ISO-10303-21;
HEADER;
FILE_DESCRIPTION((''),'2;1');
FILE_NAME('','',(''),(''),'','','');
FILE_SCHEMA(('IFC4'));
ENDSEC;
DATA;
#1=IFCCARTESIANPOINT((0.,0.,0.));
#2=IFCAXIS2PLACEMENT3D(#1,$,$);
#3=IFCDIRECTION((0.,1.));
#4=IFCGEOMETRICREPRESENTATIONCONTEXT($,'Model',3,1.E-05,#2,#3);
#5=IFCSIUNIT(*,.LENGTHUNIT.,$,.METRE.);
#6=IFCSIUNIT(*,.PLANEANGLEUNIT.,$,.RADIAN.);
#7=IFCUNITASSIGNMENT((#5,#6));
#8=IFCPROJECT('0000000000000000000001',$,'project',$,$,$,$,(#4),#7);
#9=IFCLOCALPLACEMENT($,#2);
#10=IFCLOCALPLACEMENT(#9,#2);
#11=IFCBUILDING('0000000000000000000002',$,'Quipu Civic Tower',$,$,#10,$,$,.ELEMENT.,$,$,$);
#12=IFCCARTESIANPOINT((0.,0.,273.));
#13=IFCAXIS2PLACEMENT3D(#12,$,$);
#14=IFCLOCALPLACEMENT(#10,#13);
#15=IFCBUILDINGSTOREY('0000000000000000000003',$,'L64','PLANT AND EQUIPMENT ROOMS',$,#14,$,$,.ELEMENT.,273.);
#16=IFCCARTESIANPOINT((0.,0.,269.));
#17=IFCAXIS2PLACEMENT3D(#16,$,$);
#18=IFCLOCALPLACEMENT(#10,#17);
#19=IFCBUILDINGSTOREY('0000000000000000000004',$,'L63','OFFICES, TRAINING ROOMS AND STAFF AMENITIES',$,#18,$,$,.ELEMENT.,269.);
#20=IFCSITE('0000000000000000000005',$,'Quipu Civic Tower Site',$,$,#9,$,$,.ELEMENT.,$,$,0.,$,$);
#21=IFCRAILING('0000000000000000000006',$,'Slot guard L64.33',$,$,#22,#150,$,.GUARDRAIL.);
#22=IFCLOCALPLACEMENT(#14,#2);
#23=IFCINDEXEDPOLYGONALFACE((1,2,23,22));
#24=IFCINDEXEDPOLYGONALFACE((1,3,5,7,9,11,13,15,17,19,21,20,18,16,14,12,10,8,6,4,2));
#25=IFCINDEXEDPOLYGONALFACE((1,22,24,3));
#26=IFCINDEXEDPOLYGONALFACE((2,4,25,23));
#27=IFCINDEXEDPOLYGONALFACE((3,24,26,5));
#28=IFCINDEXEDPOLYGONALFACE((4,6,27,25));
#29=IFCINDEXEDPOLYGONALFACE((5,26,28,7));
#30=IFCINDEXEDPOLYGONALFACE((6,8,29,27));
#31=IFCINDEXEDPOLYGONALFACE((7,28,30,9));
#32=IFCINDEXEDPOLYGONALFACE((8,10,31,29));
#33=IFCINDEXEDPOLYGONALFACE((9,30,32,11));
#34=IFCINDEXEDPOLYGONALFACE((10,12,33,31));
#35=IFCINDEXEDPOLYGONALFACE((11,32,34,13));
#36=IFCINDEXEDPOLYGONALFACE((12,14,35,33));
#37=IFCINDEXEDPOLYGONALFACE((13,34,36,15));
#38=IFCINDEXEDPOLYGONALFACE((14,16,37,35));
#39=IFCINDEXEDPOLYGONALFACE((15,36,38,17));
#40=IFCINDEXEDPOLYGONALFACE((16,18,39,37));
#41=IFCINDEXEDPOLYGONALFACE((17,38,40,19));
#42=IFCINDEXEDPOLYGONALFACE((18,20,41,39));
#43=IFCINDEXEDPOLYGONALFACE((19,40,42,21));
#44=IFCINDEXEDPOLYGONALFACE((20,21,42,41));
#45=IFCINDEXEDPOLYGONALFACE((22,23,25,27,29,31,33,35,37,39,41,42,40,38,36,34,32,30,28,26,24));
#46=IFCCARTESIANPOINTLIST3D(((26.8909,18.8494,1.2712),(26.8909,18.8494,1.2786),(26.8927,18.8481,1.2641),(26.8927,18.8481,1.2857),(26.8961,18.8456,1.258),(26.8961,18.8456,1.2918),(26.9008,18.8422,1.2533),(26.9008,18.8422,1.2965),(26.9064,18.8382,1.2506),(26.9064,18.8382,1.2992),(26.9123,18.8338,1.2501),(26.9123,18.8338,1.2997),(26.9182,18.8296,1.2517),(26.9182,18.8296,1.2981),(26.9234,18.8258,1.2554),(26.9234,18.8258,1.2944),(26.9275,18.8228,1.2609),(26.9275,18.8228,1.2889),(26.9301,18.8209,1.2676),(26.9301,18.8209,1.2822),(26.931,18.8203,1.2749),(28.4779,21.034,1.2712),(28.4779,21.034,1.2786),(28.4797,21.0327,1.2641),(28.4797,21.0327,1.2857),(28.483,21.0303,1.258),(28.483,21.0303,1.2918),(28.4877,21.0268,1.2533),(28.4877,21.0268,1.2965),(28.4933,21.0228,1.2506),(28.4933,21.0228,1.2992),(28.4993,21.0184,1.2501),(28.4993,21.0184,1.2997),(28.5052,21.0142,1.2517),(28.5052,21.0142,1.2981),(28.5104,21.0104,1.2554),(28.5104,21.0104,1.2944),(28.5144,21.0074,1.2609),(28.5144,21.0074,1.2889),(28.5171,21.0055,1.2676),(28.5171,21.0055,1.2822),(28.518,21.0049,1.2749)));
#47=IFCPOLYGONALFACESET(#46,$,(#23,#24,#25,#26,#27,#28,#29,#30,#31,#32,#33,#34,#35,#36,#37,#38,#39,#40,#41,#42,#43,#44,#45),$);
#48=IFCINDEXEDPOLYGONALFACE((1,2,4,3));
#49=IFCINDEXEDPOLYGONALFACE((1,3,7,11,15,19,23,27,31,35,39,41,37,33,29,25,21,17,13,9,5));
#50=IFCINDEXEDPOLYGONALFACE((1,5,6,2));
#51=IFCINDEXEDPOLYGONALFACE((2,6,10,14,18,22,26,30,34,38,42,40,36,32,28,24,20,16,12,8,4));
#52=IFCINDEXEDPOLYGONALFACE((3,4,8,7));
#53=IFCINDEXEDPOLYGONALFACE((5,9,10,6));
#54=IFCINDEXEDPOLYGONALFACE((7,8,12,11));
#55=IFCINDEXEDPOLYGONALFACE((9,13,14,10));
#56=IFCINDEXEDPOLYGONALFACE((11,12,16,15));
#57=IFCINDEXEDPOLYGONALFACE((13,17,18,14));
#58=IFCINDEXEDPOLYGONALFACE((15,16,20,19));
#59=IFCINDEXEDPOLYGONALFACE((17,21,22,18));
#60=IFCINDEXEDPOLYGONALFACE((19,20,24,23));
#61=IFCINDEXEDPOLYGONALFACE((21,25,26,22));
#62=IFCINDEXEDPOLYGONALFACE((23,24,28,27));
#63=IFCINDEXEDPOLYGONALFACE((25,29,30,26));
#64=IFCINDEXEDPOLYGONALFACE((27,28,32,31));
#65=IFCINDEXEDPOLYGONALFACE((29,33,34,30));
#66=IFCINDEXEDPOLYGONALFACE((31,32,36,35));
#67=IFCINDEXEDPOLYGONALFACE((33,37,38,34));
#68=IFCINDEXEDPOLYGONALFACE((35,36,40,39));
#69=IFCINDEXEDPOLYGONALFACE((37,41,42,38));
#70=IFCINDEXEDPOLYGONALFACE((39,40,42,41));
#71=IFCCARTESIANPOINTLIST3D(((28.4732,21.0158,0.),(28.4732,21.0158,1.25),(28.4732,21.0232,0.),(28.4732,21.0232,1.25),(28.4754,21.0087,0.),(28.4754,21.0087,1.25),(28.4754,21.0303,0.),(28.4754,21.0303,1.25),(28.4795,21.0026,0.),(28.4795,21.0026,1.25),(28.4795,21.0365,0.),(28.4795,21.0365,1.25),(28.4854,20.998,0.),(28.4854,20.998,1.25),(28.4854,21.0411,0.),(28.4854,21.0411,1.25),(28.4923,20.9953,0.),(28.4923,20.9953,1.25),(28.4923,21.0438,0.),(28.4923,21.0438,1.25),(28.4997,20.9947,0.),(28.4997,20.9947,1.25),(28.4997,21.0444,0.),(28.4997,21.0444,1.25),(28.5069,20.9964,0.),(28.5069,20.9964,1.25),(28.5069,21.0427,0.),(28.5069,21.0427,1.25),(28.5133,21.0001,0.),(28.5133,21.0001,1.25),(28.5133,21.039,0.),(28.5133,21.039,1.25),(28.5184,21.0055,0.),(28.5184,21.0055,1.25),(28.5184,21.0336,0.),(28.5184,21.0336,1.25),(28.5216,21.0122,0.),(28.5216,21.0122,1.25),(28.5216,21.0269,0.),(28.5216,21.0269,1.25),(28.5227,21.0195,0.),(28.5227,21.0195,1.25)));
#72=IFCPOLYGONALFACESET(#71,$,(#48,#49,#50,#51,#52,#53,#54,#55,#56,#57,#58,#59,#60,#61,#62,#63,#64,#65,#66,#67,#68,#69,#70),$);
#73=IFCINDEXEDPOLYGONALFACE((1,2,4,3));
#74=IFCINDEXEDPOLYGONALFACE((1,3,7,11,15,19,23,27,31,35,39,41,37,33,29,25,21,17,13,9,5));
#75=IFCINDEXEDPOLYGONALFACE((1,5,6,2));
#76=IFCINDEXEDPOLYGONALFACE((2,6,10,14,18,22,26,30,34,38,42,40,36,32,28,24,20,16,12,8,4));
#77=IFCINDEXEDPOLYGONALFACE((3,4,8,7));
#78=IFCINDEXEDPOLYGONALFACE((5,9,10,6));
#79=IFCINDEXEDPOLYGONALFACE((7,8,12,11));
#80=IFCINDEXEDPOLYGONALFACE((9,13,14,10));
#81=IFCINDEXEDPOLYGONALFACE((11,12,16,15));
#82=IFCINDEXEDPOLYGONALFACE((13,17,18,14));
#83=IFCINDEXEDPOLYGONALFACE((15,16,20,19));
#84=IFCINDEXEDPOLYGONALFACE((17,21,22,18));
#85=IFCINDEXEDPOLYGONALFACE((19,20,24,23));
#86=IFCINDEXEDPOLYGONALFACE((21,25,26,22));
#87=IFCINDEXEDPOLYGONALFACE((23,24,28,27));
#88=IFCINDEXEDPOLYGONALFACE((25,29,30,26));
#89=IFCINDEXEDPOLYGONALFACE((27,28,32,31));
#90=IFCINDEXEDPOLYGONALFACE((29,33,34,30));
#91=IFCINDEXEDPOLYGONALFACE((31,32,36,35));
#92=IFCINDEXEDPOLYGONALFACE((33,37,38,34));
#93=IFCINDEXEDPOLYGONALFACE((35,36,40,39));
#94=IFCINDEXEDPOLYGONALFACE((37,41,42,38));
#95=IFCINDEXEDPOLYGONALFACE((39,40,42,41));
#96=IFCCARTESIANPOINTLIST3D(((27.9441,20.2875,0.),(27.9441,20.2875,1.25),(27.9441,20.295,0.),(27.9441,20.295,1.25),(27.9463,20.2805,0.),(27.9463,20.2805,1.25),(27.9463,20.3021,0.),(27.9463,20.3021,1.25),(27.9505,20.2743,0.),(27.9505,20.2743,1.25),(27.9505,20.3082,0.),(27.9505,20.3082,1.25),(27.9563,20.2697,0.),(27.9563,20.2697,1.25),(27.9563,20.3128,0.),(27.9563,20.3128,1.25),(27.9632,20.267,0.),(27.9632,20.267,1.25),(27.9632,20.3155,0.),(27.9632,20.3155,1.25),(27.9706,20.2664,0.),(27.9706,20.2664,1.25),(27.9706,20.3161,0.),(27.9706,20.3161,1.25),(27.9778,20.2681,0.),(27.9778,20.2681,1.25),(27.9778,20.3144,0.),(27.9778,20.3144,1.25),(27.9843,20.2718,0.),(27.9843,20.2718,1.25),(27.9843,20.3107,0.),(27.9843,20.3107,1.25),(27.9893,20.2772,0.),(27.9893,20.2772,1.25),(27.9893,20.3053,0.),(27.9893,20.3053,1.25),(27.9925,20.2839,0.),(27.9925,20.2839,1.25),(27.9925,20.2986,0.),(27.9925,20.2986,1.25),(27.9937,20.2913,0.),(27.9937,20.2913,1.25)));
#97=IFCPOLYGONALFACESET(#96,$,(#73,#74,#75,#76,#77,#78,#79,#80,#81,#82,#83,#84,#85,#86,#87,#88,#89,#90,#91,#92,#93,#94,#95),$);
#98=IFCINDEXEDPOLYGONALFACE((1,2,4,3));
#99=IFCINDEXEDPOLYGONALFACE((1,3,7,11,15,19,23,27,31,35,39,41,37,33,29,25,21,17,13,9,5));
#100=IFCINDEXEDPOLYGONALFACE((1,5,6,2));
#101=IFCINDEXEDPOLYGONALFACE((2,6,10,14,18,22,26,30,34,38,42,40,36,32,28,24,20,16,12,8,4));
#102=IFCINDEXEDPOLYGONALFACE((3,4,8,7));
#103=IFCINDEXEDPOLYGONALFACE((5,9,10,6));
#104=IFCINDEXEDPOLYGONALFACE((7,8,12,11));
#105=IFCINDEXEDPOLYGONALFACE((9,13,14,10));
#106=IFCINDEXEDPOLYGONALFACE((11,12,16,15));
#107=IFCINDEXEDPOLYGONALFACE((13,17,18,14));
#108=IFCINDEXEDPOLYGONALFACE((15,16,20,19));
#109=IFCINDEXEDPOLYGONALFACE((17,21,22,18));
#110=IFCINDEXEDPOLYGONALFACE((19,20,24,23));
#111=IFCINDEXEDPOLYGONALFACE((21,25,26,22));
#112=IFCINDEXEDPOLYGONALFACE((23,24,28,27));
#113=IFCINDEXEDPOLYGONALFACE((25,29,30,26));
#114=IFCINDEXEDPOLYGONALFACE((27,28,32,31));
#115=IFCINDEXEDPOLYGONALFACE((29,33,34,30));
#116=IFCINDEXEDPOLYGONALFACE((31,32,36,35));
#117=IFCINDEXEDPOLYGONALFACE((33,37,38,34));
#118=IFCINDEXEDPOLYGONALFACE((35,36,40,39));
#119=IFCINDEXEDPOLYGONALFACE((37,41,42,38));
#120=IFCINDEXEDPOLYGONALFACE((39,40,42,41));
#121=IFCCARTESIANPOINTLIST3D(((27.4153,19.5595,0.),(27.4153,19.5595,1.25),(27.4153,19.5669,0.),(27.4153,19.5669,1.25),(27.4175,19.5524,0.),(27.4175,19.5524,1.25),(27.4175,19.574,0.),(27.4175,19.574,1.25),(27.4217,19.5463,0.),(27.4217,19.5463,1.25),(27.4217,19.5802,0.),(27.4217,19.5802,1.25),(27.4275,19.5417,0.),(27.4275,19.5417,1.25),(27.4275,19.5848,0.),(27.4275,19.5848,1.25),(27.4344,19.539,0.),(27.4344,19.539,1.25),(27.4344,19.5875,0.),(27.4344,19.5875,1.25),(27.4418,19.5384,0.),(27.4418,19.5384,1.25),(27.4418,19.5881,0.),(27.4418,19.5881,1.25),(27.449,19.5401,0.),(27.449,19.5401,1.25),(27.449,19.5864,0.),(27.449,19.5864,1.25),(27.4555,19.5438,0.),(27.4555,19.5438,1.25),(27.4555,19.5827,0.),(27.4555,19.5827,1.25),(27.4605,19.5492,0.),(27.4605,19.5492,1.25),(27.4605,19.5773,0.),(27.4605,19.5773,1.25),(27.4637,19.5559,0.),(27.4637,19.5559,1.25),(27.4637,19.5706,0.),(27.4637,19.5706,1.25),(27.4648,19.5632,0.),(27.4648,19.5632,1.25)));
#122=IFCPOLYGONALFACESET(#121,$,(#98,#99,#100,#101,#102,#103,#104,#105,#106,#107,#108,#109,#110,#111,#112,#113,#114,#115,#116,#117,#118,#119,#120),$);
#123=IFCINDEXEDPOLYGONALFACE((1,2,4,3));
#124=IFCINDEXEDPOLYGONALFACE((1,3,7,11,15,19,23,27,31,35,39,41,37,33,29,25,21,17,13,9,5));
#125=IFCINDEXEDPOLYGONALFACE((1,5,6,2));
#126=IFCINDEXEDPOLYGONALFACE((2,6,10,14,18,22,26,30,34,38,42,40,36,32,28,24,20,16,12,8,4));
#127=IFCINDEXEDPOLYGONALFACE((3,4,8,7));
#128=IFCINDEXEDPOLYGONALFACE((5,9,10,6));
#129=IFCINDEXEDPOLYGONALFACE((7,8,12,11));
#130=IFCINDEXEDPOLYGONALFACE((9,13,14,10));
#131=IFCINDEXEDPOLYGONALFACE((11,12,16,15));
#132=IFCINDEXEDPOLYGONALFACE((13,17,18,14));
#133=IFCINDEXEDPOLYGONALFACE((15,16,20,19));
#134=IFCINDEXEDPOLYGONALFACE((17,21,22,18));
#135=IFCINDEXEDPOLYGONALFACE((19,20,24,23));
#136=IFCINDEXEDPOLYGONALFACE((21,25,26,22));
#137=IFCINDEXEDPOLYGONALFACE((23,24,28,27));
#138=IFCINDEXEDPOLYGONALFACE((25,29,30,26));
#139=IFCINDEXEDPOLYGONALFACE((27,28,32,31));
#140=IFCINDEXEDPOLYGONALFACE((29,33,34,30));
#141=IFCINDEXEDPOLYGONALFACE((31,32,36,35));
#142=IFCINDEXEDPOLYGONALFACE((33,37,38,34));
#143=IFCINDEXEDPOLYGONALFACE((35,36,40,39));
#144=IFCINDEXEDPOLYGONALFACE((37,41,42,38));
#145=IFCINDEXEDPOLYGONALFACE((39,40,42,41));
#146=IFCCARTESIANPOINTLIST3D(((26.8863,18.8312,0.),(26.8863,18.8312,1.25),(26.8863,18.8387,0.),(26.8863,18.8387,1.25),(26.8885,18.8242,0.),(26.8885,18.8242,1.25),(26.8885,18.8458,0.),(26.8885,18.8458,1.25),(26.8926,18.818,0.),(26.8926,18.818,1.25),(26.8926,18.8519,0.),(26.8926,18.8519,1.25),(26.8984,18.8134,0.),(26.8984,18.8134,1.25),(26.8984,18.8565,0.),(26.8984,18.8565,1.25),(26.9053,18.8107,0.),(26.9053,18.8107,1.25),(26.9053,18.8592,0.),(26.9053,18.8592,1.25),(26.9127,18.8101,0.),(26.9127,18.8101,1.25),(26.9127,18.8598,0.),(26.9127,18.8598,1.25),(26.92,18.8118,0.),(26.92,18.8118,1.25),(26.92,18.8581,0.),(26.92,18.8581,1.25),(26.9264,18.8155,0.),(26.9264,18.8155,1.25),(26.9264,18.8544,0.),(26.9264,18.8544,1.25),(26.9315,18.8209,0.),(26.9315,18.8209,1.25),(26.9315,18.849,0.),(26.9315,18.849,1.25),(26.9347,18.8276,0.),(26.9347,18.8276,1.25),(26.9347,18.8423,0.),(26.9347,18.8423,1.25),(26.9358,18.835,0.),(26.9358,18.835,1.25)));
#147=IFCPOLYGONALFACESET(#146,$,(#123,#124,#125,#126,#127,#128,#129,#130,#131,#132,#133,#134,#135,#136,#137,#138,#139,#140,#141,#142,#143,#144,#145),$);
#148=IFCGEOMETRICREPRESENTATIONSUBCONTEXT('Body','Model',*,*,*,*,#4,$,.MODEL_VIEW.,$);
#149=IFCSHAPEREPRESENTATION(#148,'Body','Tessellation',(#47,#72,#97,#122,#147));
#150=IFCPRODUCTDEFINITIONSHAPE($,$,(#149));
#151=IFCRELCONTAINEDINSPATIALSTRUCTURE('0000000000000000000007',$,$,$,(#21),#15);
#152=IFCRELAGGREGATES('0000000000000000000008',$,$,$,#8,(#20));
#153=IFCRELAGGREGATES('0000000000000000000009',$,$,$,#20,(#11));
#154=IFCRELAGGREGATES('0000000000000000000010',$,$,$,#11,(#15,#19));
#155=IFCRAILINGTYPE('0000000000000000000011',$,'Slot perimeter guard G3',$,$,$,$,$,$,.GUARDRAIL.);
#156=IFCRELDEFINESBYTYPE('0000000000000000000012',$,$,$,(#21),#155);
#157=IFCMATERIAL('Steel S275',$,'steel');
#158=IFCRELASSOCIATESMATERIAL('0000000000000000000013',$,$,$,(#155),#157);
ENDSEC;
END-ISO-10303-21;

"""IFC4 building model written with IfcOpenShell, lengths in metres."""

from ifc_helpers import new_model, si_unit, direction, frame, origin, origin_2d, place, context, subcontext, project, spatial, circle, extrude, material, type_object, element, save


model = new_model("IFC4")

# Units and contexts
model_context = context("Model", 3, precision=1e-05, world=origin(), true_north=direction((0.0, 1.0)))
body_context = subcontext(model_context, "Body", "Model", "MODEL_VIEW")
ifc_project = project(units=[si_unit("LENGTHUNIT", "METRE"), si_unit("PLANEANGLEUNIT", "RADIAN")], contexts=[model_context])

# Site, building, storey
site_placement = place(None, origin())
site = spatial("IfcSite", under=ifc_project, at=site_placement, Name="Quipu Civic Tower Site", CompositionType="ELEMENT", RefElevation=0.0)
building_placement = place(site_placement, origin())
building = spatial("IfcBuilding", under=site, at=building_placement, Name="Quipu Civic Tower", CompositionType="ELEMENT")
storey_1_placement = place(building_placement, frame((0.0, 0.0, 273.0)))
storey_1 = spatial("IfcBuildingStorey", under=building, at=storey_1_placement, Name="L64", Description="PLANT AND EQUIPMENT ROOMS", CompositionType="ELEMENT", Elevation=273.0)

# Shared definitions
storey_2_placement = place(building_placement, frame((0.0, 0.0, 269.0)))
storey_2 = spatial("IfcBuildingStorey", under=building, at=storey_2_placement, Name="L63", Description="OFFICES, TRAINING ROOMS AND STAFF AMENITIES", CompositionType="ELEMENT", Elevation=269.0)

# Railing
ifc_material_1 = material(Name="Steel S275", Category="steel")
railing_type = type_object("IfcRailingType", Name="Slot perimeter guard G3", PredefinedType="GUARDRAIL", material=ifc_material_1)
railing_1_placement = place(storey_1_placement, frame((28.4978, 21.0195, 0.0)))
element("IfcRailing", 1, at=railing_1_placement, inside=storey_1, type_object=railing_type, Name="Slot guard L64.33", PredefinedType="GUARDRAIL", context=body_context, shape_type="SweptSolid", body=[
    extrude(circle(Radius=0.0249, at=origin_2d()), frame((0.0, 0.0, 1.2749), z_axis=(-0.58772, -0.809064, 0.0), x_axis=(0.809064, -0.58772, 0.0)), (0.0, 0.0, 1.0), 2.7002),
    extrude(circle(Radius=0.0249, at=origin_2d()), origin(), (0.0, 0.0, 1.0), 1.25),
    extrude(circle(Radius=0.0249, at=origin_2d()), frame((-0.5291, -0.7283, 0.0)), (0.0, 0.0, 1.0), 1.25),
    extrude(circle(Radius=0.0249, at=origin_2d()), frame((-1.0579, -1.4563, 0.0)), (0.0, 0.0, 1.0), 1.25),
    extrude(circle(Radius=0.0249, at=origin_2d()), frame((-1.5869, -2.1846, 0.0)), (0.0, 0.0, 1.0), 1.25),
])

save(model, "model.ifc")
